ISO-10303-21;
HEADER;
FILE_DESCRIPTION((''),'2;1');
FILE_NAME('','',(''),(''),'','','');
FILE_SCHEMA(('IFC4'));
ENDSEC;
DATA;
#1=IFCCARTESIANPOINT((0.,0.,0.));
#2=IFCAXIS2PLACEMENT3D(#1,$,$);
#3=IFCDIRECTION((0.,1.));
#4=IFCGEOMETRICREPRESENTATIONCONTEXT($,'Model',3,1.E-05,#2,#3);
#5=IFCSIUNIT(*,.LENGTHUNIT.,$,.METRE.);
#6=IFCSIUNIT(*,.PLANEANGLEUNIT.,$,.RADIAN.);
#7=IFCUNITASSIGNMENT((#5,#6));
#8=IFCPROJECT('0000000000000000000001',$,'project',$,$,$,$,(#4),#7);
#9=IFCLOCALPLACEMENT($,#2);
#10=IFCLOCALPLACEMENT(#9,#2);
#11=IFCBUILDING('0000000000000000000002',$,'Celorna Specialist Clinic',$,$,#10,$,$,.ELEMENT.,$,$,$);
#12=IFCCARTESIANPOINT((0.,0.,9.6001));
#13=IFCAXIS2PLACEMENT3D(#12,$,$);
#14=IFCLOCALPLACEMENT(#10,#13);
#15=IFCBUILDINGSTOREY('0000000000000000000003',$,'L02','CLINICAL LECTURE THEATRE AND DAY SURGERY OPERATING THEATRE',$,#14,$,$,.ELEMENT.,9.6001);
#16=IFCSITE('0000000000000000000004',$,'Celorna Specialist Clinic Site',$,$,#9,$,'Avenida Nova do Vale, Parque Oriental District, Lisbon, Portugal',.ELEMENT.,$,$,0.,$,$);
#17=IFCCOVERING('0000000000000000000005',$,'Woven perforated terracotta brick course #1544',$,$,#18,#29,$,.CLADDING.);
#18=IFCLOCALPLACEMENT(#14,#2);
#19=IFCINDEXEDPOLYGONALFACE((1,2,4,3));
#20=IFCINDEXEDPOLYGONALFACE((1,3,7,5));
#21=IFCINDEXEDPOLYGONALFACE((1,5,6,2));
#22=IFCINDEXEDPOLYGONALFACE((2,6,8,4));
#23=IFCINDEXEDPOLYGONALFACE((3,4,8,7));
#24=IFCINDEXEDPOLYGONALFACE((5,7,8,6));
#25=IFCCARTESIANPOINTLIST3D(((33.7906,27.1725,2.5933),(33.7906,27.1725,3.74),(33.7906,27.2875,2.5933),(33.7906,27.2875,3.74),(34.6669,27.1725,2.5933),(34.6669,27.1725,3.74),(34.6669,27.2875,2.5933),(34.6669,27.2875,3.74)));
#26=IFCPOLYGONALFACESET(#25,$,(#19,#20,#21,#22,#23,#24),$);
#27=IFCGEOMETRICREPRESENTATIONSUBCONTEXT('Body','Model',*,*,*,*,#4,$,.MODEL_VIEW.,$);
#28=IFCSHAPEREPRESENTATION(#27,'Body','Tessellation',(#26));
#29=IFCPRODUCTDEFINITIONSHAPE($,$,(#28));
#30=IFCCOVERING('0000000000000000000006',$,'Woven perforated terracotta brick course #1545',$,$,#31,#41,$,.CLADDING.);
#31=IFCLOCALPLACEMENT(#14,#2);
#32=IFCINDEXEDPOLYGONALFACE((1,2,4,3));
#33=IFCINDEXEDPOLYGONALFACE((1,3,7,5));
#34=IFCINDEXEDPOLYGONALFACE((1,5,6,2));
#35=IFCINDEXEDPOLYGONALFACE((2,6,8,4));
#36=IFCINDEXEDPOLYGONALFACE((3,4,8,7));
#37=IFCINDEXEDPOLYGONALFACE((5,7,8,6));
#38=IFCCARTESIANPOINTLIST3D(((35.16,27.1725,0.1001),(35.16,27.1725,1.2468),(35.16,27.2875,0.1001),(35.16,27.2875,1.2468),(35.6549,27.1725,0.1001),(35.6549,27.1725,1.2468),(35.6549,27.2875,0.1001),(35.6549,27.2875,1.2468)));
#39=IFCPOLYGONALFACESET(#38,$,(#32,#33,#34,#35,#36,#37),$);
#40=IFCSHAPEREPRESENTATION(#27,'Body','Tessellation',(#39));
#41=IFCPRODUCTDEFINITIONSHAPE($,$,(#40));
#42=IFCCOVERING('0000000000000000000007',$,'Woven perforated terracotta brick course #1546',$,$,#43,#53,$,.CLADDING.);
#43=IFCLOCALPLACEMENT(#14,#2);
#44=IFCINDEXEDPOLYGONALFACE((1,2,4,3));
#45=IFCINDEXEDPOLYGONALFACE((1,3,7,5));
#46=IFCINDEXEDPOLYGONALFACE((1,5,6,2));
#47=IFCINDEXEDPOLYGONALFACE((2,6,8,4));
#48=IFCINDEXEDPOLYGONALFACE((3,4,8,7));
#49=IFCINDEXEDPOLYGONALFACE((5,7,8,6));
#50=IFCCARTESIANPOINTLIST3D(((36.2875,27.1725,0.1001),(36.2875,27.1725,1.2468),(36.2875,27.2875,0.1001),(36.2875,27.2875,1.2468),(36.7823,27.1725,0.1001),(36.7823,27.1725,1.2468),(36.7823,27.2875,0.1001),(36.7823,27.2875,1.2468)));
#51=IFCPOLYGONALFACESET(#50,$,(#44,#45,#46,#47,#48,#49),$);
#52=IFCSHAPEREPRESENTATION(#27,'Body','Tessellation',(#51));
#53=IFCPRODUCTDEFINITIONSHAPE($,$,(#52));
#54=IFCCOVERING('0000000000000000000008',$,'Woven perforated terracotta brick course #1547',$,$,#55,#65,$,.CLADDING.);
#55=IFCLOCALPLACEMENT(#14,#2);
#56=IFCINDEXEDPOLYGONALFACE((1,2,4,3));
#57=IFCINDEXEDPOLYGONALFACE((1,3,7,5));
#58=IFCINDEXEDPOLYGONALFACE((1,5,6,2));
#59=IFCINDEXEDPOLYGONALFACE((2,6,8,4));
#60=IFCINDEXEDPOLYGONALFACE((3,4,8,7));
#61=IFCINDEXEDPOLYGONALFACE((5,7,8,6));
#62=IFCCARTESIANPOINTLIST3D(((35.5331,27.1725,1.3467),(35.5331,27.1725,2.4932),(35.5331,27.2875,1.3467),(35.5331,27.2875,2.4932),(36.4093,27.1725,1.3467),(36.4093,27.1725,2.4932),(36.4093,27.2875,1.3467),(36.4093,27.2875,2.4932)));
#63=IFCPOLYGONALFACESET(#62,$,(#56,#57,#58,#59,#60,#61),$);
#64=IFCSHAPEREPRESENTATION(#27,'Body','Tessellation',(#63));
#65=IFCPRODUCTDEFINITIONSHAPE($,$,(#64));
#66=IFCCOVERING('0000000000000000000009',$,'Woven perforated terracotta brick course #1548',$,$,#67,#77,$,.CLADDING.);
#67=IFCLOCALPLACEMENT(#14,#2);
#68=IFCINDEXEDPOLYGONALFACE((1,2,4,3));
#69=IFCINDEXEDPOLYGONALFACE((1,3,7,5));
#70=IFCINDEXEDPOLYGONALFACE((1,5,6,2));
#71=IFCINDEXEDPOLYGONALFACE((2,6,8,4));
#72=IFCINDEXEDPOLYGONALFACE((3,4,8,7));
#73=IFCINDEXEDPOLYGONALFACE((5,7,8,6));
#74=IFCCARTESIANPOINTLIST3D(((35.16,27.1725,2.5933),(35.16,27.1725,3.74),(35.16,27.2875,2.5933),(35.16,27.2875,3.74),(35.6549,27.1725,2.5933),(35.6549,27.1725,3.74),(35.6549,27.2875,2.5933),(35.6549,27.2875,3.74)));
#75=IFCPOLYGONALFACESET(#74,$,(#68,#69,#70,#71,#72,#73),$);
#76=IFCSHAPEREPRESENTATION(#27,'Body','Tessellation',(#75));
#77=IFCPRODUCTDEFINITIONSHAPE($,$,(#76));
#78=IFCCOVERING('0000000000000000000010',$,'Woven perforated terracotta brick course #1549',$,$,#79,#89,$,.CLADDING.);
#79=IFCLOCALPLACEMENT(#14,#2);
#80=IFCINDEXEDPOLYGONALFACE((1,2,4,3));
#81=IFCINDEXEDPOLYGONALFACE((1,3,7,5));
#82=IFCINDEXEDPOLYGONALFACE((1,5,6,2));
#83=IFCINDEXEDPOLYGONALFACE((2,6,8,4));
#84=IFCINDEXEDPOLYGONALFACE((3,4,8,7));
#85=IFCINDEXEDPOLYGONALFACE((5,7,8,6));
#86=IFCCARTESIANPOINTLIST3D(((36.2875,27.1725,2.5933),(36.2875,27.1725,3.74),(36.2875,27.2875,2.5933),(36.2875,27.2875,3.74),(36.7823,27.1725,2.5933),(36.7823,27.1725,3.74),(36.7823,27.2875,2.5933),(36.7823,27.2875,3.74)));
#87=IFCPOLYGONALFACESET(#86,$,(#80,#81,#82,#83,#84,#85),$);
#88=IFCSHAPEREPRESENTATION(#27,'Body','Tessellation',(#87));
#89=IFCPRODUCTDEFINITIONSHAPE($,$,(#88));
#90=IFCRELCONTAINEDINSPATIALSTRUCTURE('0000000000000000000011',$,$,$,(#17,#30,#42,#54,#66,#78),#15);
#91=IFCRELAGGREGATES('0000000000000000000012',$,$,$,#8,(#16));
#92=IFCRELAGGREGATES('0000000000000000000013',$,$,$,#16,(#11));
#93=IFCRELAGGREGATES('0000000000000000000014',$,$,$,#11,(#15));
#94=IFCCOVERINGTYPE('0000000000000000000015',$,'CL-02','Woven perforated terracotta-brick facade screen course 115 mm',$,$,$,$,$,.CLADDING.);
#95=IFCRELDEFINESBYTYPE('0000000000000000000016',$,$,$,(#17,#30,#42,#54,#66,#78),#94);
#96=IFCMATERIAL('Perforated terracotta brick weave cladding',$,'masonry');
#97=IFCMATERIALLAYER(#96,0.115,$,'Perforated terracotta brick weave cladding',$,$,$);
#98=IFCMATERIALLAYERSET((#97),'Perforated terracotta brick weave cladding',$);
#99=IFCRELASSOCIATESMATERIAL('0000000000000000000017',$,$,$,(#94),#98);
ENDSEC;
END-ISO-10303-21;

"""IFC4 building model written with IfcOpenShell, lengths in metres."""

from ifc_helpers import new_model, si_unit, direction, frame, origin, origin_2d, place, context, subcontext, project, spatial, rectangle, extrude, material, layer, layer_set, type_object, element, save


model = new_model("IFC4")

# Units and contexts
model_context = context("Model", 3, precision=1e-05, world=origin(), true_north=direction((0.0, 1.0)))
body_context = subcontext(model_context, "Body", "Model", "MODEL_VIEW")
ifc_project = project(units=[si_unit("LENGTHUNIT", "METRE"), si_unit("PLANEANGLEUNIT", "RADIAN")], contexts=[model_context])

# Site, building, storey
site_placement = place(None, origin())
site = spatial("IfcSite", under=ifc_project, at=site_placement, Name="Celorna Specialist Clinic Site", LongName="Avenida Nova do Vale, Parque Oriental District, Lisbon, Portugal", CompositionType="ELEMENT", RefElevation=0.0)
building_placement = place(site_placement, origin())
building = spatial("IfcBuilding", under=site, at=building_placement, Name="Celorna Specialist Clinic", CompositionType="ELEMENT")
storey_placement = place(building_placement, frame((0.0, 0.0, 9.6001)))
storey = spatial("IfcBuildingStorey", under=building, at=storey_placement, Name="L02", Description="CLINICAL LECTURE THEATRE AND DAY SURGERY OPERATING THEATRE", CompositionType="ELEMENT", Elevation=9.6001)

# Coverings
ifc_material_1 = material(Name="Perforated terracotta brick weave cladding", Category="masonry")
ifc_layer_1 = layer(ifc_material_1, 0.115, Name="Perforated terracotta brick weave cladding")
ifc_layer_set_1 = layer_set([ifc_layer_1], Name="Perforated terracotta brick weave cladding")
covering_type = type_object("IfcCoveringType", Name="CL-02", Description="Woven perforated terracotta-brick facade screen course 115 mm", PredefinedType="CLADDING", material=ifc_layer_set_1)
covering_1_placement = place(storey_placement, frame((34.2288, 27.23, 2.5933), z_axis=(0.0, 0.0, 1.0), x_axis=(1.0, 0.0, 0.0)))
element("IfcCovering", 1, at=covering_1_placement, inside=storey, type_object=covering_type, Name="Woven perforated terracotta brick course #1544", PredefinedType="CLADDING", context=body_context, shape_type="SweptSolid", body=[
    extrude(rectangle(XDim=0.8762, YDim=0.115, at=origin_2d()), origin(), (0.0, 0.0, 1.0), 1.1467),
])
for number, where, z_axis, x_axis, name in (
    (2, (35.4075, 27.23, 0.1001), (0.0, 0.0, 1.0), (1.0, 0.0, 0.0), "Woven perforated terracotta brick course #1545"),
    (3, (36.5349, 27.23, 0.1001), (0.0, 0.0, 1.0), (1.0, 0.0, 0.0), "Woven perforated terracotta brick course #1546"),
):
    element("IfcCovering", number, at=place(storey_placement, frame(where, z_axis=z_axis, x_axis=x_axis)), inside=storey, type_object=covering_type, Name=name, PredefinedType="CLADDING", context=body_context, shape_type="SweptSolid", body=[
        extrude(rectangle(XDim=0.4949, YDim=0.115, at=origin_2d()), origin(), (0.0, 0.0, 1.0), 1.1467),
    ])
covering_2_placement = place(storey_placement, frame((35.9712, 27.23, 1.3467), z_axis=(0.0, 0.0, 1.0), x_axis=(1.0, 0.0, 0.0)))
element("IfcCovering", 4, at=covering_2_placement, inside=storey, type_object=covering_type, Name="Woven perforated terracotta brick course #1547", PredefinedType="CLADDING", context=body_context, shape_type="SweptSolid", body=[
    extrude(rectangle(XDim=0.8762, YDim=0.115, at=origin_2d()), origin(), (0.0, 0.0, 1.0), 1.1465),
])
for number, where, z_axis, x_axis, name in (
    (5, (35.4075, 27.23, 2.5933), (0.0, 0.0, 1.0), (1.0, 0.0, 0.0), "Woven perforated terracotta brick course #1548"),
    (6, (36.5349, 27.23, 2.5933), (0.0, 0.0, 1.0), (1.0, 0.0, 0.0), "Woven perforated terracotta brick course #1549"),
):
    element("IfcCovering", number, at=place(storey_placement, frame(where, z_axis=z_axis, x_axis=x_axis)), inside=storey, type_object=covering_type, Name=name, PredefinedType="CLADDING", context=body_context, shape_type="SweptSolid", body=[
        extrude(rectangle(XDim=0.4949, YDim=0.115, at=origin_2d()), origin(), (0.0, 0.0, 1.0), 1.1467),
    ])

save(model, "model.ifc")
